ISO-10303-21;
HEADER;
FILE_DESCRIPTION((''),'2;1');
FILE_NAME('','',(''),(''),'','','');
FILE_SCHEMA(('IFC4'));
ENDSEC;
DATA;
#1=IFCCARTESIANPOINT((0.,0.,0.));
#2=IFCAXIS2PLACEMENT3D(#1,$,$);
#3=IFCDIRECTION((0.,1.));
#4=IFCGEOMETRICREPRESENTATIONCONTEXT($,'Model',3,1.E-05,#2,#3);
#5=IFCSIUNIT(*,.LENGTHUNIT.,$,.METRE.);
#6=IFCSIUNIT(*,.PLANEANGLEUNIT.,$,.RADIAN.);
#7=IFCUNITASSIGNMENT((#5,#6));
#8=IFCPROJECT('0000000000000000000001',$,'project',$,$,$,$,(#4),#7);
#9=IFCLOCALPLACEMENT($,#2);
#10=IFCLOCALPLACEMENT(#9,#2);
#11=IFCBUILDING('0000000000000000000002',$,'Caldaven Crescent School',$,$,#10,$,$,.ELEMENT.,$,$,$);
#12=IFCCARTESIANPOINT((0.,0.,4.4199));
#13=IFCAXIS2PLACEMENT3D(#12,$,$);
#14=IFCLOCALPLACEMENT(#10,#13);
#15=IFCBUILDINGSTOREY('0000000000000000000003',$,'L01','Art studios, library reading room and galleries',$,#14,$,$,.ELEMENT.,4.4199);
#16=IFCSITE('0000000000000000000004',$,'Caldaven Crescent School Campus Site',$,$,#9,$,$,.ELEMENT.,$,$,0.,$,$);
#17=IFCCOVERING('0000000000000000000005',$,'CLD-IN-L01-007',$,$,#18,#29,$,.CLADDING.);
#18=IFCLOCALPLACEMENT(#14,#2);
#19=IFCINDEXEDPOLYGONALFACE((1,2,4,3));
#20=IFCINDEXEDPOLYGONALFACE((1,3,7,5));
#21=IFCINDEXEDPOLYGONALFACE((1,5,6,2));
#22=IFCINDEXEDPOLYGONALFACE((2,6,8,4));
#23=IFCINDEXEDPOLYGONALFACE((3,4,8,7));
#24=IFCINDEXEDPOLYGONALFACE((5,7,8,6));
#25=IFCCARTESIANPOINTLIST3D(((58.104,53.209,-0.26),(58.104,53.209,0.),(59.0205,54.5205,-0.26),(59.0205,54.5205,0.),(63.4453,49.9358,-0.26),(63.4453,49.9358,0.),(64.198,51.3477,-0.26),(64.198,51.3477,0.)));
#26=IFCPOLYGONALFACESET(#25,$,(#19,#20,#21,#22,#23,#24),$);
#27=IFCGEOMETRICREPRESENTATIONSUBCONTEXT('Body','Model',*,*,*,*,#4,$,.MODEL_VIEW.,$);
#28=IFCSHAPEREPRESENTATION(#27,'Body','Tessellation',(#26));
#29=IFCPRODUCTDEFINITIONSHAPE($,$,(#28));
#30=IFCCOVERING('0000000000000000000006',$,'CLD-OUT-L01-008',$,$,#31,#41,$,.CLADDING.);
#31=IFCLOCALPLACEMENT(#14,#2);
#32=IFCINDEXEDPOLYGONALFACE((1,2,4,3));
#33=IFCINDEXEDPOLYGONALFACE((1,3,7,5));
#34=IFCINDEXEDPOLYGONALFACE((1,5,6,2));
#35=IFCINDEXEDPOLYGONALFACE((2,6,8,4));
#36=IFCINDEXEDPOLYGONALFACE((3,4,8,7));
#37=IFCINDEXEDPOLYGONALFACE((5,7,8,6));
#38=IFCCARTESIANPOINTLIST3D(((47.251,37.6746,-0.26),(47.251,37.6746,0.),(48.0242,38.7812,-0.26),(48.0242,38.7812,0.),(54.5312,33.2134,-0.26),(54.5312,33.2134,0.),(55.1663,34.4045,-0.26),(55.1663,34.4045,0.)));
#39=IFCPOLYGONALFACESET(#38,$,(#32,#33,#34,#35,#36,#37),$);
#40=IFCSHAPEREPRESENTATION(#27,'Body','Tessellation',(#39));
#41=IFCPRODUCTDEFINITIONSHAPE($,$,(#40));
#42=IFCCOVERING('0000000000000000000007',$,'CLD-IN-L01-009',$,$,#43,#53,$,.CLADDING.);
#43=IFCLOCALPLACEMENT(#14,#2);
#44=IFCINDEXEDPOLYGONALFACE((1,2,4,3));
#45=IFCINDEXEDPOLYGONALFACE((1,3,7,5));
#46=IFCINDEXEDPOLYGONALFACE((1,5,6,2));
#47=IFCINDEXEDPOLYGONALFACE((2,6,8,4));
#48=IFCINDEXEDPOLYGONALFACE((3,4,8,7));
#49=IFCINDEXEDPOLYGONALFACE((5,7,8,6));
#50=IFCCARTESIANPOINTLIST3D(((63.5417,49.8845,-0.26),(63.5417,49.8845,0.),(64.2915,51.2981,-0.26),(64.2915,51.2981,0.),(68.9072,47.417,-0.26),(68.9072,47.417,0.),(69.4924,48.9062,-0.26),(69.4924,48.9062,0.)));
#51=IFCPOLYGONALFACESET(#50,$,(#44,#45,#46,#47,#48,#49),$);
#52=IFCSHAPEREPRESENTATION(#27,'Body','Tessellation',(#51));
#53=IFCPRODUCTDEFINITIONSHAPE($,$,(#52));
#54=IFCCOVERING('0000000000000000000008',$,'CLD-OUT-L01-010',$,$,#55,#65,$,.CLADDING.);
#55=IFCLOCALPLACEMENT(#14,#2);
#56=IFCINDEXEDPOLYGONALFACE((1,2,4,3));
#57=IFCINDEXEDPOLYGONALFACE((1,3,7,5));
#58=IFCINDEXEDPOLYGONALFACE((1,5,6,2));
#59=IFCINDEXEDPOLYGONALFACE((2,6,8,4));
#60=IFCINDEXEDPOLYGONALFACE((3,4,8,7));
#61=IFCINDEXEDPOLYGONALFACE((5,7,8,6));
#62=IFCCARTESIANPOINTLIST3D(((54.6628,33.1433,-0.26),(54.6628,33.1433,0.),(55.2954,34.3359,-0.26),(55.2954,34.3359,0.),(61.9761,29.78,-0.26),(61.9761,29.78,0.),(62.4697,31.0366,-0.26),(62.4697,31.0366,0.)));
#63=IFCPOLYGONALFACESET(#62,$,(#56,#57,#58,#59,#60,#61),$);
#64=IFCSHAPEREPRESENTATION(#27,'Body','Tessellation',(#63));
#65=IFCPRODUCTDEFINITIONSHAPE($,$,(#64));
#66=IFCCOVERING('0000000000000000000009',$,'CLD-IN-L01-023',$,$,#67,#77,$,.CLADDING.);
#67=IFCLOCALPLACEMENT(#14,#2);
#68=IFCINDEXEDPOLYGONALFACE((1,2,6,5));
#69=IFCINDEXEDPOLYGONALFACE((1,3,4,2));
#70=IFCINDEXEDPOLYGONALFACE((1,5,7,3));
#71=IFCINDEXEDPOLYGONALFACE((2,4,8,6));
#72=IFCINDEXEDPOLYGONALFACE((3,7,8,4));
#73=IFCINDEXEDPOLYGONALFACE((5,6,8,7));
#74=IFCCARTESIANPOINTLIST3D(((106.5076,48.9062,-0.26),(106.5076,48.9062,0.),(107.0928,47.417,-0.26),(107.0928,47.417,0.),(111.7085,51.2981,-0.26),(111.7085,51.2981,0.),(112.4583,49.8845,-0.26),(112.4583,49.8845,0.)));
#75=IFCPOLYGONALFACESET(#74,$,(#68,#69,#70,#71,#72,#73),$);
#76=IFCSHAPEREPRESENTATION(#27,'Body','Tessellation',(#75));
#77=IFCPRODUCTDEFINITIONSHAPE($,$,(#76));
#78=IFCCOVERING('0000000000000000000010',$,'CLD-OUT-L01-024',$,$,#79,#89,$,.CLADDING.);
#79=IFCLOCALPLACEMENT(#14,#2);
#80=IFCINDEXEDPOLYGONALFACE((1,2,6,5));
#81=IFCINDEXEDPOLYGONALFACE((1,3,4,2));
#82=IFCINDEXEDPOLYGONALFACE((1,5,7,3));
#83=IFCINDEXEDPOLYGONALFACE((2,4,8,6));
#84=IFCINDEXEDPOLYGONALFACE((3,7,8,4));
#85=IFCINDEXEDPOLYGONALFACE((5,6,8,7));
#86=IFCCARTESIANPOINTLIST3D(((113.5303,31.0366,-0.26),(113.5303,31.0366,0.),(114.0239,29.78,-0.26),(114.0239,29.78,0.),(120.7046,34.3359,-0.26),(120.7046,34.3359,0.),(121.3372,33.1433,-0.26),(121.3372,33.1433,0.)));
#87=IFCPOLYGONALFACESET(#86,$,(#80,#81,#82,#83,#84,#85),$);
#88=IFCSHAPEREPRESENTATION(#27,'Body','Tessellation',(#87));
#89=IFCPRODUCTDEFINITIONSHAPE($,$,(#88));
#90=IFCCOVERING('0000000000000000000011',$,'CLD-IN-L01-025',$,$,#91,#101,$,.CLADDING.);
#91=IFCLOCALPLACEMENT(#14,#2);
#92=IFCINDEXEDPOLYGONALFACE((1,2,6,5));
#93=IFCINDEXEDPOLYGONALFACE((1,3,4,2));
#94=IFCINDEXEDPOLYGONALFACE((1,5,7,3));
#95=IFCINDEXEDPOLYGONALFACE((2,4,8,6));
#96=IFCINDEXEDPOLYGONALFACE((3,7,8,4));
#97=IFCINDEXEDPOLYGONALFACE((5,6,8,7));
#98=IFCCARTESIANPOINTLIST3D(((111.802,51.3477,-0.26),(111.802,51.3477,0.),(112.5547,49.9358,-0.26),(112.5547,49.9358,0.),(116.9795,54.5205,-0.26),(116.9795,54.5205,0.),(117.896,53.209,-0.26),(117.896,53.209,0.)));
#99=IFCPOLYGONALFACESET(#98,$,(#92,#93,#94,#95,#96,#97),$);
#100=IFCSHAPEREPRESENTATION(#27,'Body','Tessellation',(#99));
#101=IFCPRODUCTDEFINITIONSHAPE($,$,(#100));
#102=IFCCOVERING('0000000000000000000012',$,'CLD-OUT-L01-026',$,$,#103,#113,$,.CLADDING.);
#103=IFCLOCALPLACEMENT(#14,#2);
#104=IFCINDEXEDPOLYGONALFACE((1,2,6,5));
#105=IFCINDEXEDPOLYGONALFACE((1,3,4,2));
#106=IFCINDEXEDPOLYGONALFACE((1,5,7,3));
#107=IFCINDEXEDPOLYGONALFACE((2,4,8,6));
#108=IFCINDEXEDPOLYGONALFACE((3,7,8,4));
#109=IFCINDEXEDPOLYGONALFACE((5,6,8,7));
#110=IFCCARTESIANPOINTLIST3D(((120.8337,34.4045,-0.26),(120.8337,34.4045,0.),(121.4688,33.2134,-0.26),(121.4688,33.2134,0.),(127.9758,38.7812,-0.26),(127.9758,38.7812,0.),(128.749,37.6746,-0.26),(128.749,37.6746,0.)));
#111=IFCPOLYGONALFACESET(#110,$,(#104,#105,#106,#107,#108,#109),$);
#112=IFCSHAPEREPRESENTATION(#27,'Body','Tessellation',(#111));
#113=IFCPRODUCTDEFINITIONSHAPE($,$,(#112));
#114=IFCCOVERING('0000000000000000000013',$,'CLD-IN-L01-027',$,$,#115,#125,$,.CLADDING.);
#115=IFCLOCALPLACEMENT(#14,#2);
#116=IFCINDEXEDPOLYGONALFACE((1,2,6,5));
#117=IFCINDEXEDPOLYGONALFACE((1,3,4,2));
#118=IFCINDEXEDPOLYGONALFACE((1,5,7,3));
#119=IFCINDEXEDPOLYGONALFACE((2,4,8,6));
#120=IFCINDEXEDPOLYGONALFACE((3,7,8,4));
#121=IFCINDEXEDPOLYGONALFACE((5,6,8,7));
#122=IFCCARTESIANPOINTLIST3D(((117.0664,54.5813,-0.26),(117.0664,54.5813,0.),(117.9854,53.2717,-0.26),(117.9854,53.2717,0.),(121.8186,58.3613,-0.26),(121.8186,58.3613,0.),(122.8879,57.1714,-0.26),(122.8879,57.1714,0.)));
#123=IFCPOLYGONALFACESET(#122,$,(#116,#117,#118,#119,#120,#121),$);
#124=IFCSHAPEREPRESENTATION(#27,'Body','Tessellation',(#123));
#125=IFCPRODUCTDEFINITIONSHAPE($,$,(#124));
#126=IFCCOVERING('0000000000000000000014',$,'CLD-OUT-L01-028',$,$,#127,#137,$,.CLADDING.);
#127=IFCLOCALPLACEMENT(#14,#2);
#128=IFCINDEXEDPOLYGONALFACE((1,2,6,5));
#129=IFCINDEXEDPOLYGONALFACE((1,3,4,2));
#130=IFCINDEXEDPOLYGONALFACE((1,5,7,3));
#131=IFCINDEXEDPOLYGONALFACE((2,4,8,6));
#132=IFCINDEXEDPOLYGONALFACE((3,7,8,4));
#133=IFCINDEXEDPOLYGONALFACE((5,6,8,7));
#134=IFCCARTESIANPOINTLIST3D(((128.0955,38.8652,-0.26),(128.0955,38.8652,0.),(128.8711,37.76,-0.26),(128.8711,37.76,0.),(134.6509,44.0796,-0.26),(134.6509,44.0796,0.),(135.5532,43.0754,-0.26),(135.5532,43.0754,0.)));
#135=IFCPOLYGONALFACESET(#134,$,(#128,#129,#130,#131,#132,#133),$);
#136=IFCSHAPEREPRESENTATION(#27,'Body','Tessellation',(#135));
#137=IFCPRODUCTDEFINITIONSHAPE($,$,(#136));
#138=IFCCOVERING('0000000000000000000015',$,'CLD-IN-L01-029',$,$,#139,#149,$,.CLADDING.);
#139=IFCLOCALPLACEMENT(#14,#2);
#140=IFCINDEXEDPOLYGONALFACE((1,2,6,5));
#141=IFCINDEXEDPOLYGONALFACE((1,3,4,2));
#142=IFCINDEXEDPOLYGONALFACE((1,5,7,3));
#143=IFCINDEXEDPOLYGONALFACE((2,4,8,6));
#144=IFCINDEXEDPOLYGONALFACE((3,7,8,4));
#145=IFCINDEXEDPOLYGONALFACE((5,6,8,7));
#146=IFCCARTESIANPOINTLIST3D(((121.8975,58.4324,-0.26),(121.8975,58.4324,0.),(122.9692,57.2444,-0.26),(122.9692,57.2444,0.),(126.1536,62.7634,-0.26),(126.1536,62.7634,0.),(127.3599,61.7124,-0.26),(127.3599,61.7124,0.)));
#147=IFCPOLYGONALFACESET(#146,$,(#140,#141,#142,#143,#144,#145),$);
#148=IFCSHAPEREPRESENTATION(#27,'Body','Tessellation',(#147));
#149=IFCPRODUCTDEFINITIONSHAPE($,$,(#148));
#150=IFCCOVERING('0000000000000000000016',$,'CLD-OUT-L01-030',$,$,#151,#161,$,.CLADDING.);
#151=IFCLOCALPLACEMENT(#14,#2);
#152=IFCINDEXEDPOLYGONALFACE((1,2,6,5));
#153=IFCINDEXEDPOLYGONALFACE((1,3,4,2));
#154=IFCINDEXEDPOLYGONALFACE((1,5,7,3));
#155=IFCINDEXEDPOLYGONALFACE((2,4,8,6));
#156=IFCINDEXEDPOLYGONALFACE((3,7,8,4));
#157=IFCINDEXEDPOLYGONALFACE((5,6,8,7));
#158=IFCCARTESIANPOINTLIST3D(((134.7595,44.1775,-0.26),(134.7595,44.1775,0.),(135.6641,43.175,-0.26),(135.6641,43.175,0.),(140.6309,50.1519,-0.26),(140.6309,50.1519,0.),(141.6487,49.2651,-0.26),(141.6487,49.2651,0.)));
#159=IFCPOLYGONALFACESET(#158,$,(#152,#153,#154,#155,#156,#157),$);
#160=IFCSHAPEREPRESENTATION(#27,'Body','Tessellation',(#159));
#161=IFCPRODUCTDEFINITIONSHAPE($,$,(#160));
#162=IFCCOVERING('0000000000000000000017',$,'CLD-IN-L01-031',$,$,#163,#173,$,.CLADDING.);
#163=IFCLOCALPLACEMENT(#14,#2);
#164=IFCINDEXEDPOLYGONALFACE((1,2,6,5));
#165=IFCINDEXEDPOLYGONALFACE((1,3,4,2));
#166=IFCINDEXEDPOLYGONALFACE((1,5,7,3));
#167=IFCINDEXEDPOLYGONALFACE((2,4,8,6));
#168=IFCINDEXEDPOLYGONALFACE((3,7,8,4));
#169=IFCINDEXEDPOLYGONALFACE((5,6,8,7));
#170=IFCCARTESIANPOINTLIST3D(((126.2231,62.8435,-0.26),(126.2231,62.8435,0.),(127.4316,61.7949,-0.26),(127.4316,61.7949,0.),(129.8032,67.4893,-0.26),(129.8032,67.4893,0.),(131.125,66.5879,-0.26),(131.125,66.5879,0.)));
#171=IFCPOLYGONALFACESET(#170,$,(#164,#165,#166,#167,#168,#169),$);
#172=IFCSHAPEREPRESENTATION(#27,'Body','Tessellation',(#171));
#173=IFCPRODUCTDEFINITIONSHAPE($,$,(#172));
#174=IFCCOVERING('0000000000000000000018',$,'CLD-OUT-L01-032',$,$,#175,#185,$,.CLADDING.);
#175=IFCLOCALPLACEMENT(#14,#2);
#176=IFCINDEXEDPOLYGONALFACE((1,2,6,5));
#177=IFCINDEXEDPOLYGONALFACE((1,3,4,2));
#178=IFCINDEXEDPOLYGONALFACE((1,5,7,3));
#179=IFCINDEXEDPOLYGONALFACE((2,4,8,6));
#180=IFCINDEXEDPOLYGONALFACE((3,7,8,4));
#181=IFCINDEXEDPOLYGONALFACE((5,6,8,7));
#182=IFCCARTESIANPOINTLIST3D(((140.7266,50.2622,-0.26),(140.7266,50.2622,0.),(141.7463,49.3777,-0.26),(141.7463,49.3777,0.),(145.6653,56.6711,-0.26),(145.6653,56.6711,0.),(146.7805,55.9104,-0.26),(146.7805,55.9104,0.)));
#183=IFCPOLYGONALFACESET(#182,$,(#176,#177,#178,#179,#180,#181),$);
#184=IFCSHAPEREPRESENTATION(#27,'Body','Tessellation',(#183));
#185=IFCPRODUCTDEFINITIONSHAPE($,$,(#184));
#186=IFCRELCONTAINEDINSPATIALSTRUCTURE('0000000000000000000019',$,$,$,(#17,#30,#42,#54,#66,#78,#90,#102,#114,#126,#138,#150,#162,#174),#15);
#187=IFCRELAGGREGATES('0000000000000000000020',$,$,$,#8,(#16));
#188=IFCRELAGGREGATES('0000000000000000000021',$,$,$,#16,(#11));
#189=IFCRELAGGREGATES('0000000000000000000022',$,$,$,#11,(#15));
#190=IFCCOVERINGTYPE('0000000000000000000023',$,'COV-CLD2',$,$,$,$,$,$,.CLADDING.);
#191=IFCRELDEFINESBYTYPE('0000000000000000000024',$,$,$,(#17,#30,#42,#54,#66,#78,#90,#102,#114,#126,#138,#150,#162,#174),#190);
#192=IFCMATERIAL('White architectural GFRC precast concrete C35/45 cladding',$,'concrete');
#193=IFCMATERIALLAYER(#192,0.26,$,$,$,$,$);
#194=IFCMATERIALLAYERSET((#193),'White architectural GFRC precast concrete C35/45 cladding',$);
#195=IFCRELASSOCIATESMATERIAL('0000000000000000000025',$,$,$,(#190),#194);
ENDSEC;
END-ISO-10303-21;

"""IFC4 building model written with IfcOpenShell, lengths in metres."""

from ifc_helpers import new_model, si_unit, direction, frame, origin, place, context, subcontext, project, spatial, polyline, outline, extrude, material, layer, layer_set, type_object, element, save


model = new_model("IFC4")

# Units and contexts
model_context = context("Model", 3, precision=1e-05, world=origin(), true_north=direction((0.0, 1.0)))
body_context = subcontext(model_context, "Body", "Model", "MODEL_VIEW")
ifc_project = project(units=[si_unit("LENGTHUNIT", "METRE"), si_unit("PLANEANGLEUNIT", "RADIAN")], contexts=[model_context])

# Site, building, storey
site_placement = place(None, origin())
site = spatial("IfcSite", under=ifc_project, at=site_placement, Name="Caldaven Crescent School Campus Site", CompositionType="ELEMENT", RefElevation=0.0)
building_placement = place(site_placement, origin())
building = spatial("IfcBuilding", under=site, at=building_placement, Name="Caldaven Crescent School", CompositionType="ELEMENT")
storey_placement = place(building_placement, frame((0.0, 0.0, 4.4199)))
storey = spatial("IfcBuildingStorey", under=building, at=storey_placement, Name="L01", Description="Art studios, library reading room and galleries", CompositionType="ELEMENT", Elevation=4.4199)

# Coverings
ifc_material_1 = material(Name="White architectural GFRC precast concrete C35/45 cladding", Category="concrete")
ifc_layer_1 = layer(ifc_material_1, 0.26)
ifc_layer_set_1 = layer_set([ifc_layer_1], Name="White architectural GFRC precast concrete C35/45 cladding")
covering_type_1 = type_object("IfcCoveringType", Name="COV-CLD2", PredefinedType="CLADDING", material=ifc_layer_set_1)
covering_1_placement = place(storey_placement, frame((0.0, 0.0, -0.26)))
element("IfcCovering", 1, at=covering_1_placement, inside=storey, type_object=covering_type_1, Name="CLD-IN-L01-007", PredefinedType="CLADDING", context=body_context, shape_type="SweptSolid", body=[
    extrude(outline(polyline([(59.0205, 54.5205), (64.198, 51.3477), (63.4453, 49.9358), (58.104, 53.209), (59.0205, 54.5205)])), origin(), (0.0, 0.0, 1.0), 0.26),
])
covering_2_placement = place(storey_placement, frame((0.0, 0.0, -0.26)))
element("IfcCovering", 2, at=covering_2_placement, inside=storey, type_object=covering_type_1, Name="CLD-OUT-L01-008", PredefinedType="CLADDING", context=body_context, shape_type="SweptSolid", body=[
    extrude(outline(polyline([(48.0242, 38.7812), (55.1663, 34.4045), (54.5312, 33.2134), (47.251, 37.6746), (48.0242, 38.7812)])), origin(), (0.0, 0.0, 1.0), 0.26),
])
covering_3_placement = place(storey_placement, frame((0.0, 0.0, -0.26)))
element("IfcCovering", 3, at=covering_3_placement, inside=storey, type_object=covering_type_1, Name="CLD-IN-L01-009", PredefinedType="CLADDING", context=body_context, shape_type="SweptSolid", body=[
    extrude(outline(polyline([(64.2915, 51.2981), (69.4924, 48.9062), (68.9072, 47.417), (63.5417, 49.8845), (64.2915, 51.2981)])), origin(), (0.0, 0.0, 1.0), 0.26),
])
covering_4_placement = place(storey_placement, frame((0.0, 0.0, -0.26)))
element("IfcCovering", 4, at=covering_4_placement, inside=storey, type_object=covering_type_1, Name="CLD-OUT-L01-010", PredefinedType="CLADDING", context=body_context, shape_type="SweptSolid", body=[
    extrude(outline(polyline([(55.2954, 34.3359), (62.4697, 31.0366), (61.9761, 29.78), (54.6628, 33.1433), (55.2954, 34.3359)])), origin(), (0.0, 0.0, 1.0), 0.26),
])
covering_5_placement = place(storey_placement, frame((0.0, 0.0, -0.26)))
element("IfcCovering", 5, at=covering_5_placement, inside=storey, type_object=covering_type_1, Name="CLD-IN-L01-023", PredefinedType="CLADDING", context=body_context, shape_type="SweptSolid", body=[
    extrude(outline(polyline([(106.5076, 48.9062), (111.7085, 51.2981), (112.4583, 49.8845), (107.0928, 47.417), (106.5076, 48.9062)])), origin(), (0.0, 0.0, 1.0), 0.26),
])
covering_6_placement = place(storey_placement, frame((0.0, 0.0, -0.26)))
element("IfcCovering", 6, at=covering_6_placement, inside=storey, type_object=covering_type_1, Name="CLD-OUT-L01-024", PredefinedType="CLADDING", context=body_context, shape_type="SweptSolid", body=[
    extrude(outline(polyline([(113.5303, 31.0366), (120.7046, 34.3359), (121.3372, 33.1433), (114.0239, 29.78), (113.5303, 31.0366)])), origin(), (0.0, 0.0, 1.0), 0.26),
])
covering_7_placement = place(storey_placement, frame((0.0, 0.0, -0.26)))
element("IfcCovering", 7, at=covering_7_placement, inside=storey, type_object=covering_type_1, Name="CLD-IN-L01-025", PredefinedType="CLADDING", context=body_context, shape_type="SweptSolid", body=[
    extrude(outline(polyline([(111.802, 51.3477), (116.9795, 54.5205), (117.896, 53.209), (112.5547, 49.9358), (111.802, 51.3477)])), origin(), (0.0, 0.0, 1.0), 0.26),
])
covering_8_placement = place(storey_placement, frame((0.0, 0.0, -0.26)))
element("IfcCovering", 8, at=covering_8_placement, inside=storey, type_object=covering_type_1, Name="CLD-OUT-L01-026", PredefinedType="CLADDING", context=body_context, shape_type="SweptSolid", body=[
    extrude(outline(polyline([(120.8337, 34.4045), (127.9758, 38.7812), (128.749, 37.6746), (121.4688, 33.2134), (120.8337, 34.4045)])), origin(), (0.0, 0.0, 1.0), 0.26),
])
covering_9_placement = place(storey_placement, frame((0.0, 0.0, -0.26)))
element("IfcCovering", 9, at=covering_9_placement, inside=storey, type_object=covering_type_1, Name="CLD-IN-L01-027", PredefinedType="CLADDING", context=body_context, shape_type="SweptSolid", body=[
    extrude(outline(polyline([(117.0664, 54.5813), (121.8186, 58.3613), (122.8879, 57.1714), (117.9854, 53.2717), (117.0664, 54.5813)])), origin(), (0.0, 0.0, 1.0), 0.26),
])
covering_10_placement = place(storey_placement, frame((0.0, 0.0, -0.26)))
element("IfcCovering", 10, at=covering_10_placement, inside=storey, type_object=covering_type_1, Name="CLD-OUT-L01-028", PredefinedType="CLADDING", context=body_context, shape_type="SweptSolid", body=[
    extrude(outline(polyline([(128.0955, 38.8652), (134.6509, 44.0796), (135.5532, 43.0754), (128.8711, 37.76), (128.0955, 38.8652)])), origin(), (0.0, 0.0, 1.0), 0.26),
])
covering_11_placement = place(storey_placement, frame((0.0, 0.0, -0.26)))
element("IfcCovering", 11, at=covering_11_placement, inside=storey, type_object=covering_type_1, Name="CLD-IN-L01-029", PredefinedType="CLADDING", context=body_context, shape_type="SweptSolid", body=[
    extrude(outline(polyline([(121.8975, 58.4324), (126.1536, 62.7634), (127.3599, 61.7124), (122.9692, 57.2444), (121.8975, 58.4324)])), origin(), (0.0, 0.0, 1.0), 0.26),
])
covering_12_placement = place(storey_placement, frame((0.0, 0.0, -0.26)))
element("IfcCovering", 12, at=covering_12_placement, inside=storey, type_object=covering_type_1, Name="CLD-OUT-L01-030", PredefinedType="CLADDING", context=body_context, shape_type="SweptSolid", body=[
    extrude(outline(polyline([(134.7595, 44.1775), (140.6309, 50.1519), (141.6487, 49.2651), (135.6641, 43.175), (134.7595, 44.1775)])), origin(), (0.0, 0.0, 1.0), 0.26),
])
covering_13_placement = place(storey_placement, frame((0.0, 0.0, -0.26)))
element("IfcCovering", 13, at=covering_13_placement, inside=storey, type_object=covering_type_1, Name="CLD-IN-L01-031", PredefinedType="CLADDING", context=body_context, shape_type="SweptSolid", body=[
    extrude(outline(polyline([(126.2231, 62.8435), (129.8032, 67.4893), (131.125, 66.5879), (127.4316, 61.7949), (126.2231, 62.8435)])), origin(), (0.0, 0.0, 1.0), 0.26),
])
covering_14_placement = place(storey_placement, frame((0.0, 0.0, -0.26)))
element("IfcCovering", 14, at=covering_14_placement, inside=storey, type_object=covering_type_1, Name="CLD-OUT-L01-032", PredefinedType="CLADDING", context=body_context, shape_type="SweptSolid", body=[
    extrude(outline(polyline([(140.7266, 50.2622), (145.6653, 56.6711), (146.7805, 55.9104), (141.7463, 49.3777), (140.7266, 50.2622)])), origin(), (0.0, 0.0, 1.0), 0.26),
])

save(model, "model.ifc")
